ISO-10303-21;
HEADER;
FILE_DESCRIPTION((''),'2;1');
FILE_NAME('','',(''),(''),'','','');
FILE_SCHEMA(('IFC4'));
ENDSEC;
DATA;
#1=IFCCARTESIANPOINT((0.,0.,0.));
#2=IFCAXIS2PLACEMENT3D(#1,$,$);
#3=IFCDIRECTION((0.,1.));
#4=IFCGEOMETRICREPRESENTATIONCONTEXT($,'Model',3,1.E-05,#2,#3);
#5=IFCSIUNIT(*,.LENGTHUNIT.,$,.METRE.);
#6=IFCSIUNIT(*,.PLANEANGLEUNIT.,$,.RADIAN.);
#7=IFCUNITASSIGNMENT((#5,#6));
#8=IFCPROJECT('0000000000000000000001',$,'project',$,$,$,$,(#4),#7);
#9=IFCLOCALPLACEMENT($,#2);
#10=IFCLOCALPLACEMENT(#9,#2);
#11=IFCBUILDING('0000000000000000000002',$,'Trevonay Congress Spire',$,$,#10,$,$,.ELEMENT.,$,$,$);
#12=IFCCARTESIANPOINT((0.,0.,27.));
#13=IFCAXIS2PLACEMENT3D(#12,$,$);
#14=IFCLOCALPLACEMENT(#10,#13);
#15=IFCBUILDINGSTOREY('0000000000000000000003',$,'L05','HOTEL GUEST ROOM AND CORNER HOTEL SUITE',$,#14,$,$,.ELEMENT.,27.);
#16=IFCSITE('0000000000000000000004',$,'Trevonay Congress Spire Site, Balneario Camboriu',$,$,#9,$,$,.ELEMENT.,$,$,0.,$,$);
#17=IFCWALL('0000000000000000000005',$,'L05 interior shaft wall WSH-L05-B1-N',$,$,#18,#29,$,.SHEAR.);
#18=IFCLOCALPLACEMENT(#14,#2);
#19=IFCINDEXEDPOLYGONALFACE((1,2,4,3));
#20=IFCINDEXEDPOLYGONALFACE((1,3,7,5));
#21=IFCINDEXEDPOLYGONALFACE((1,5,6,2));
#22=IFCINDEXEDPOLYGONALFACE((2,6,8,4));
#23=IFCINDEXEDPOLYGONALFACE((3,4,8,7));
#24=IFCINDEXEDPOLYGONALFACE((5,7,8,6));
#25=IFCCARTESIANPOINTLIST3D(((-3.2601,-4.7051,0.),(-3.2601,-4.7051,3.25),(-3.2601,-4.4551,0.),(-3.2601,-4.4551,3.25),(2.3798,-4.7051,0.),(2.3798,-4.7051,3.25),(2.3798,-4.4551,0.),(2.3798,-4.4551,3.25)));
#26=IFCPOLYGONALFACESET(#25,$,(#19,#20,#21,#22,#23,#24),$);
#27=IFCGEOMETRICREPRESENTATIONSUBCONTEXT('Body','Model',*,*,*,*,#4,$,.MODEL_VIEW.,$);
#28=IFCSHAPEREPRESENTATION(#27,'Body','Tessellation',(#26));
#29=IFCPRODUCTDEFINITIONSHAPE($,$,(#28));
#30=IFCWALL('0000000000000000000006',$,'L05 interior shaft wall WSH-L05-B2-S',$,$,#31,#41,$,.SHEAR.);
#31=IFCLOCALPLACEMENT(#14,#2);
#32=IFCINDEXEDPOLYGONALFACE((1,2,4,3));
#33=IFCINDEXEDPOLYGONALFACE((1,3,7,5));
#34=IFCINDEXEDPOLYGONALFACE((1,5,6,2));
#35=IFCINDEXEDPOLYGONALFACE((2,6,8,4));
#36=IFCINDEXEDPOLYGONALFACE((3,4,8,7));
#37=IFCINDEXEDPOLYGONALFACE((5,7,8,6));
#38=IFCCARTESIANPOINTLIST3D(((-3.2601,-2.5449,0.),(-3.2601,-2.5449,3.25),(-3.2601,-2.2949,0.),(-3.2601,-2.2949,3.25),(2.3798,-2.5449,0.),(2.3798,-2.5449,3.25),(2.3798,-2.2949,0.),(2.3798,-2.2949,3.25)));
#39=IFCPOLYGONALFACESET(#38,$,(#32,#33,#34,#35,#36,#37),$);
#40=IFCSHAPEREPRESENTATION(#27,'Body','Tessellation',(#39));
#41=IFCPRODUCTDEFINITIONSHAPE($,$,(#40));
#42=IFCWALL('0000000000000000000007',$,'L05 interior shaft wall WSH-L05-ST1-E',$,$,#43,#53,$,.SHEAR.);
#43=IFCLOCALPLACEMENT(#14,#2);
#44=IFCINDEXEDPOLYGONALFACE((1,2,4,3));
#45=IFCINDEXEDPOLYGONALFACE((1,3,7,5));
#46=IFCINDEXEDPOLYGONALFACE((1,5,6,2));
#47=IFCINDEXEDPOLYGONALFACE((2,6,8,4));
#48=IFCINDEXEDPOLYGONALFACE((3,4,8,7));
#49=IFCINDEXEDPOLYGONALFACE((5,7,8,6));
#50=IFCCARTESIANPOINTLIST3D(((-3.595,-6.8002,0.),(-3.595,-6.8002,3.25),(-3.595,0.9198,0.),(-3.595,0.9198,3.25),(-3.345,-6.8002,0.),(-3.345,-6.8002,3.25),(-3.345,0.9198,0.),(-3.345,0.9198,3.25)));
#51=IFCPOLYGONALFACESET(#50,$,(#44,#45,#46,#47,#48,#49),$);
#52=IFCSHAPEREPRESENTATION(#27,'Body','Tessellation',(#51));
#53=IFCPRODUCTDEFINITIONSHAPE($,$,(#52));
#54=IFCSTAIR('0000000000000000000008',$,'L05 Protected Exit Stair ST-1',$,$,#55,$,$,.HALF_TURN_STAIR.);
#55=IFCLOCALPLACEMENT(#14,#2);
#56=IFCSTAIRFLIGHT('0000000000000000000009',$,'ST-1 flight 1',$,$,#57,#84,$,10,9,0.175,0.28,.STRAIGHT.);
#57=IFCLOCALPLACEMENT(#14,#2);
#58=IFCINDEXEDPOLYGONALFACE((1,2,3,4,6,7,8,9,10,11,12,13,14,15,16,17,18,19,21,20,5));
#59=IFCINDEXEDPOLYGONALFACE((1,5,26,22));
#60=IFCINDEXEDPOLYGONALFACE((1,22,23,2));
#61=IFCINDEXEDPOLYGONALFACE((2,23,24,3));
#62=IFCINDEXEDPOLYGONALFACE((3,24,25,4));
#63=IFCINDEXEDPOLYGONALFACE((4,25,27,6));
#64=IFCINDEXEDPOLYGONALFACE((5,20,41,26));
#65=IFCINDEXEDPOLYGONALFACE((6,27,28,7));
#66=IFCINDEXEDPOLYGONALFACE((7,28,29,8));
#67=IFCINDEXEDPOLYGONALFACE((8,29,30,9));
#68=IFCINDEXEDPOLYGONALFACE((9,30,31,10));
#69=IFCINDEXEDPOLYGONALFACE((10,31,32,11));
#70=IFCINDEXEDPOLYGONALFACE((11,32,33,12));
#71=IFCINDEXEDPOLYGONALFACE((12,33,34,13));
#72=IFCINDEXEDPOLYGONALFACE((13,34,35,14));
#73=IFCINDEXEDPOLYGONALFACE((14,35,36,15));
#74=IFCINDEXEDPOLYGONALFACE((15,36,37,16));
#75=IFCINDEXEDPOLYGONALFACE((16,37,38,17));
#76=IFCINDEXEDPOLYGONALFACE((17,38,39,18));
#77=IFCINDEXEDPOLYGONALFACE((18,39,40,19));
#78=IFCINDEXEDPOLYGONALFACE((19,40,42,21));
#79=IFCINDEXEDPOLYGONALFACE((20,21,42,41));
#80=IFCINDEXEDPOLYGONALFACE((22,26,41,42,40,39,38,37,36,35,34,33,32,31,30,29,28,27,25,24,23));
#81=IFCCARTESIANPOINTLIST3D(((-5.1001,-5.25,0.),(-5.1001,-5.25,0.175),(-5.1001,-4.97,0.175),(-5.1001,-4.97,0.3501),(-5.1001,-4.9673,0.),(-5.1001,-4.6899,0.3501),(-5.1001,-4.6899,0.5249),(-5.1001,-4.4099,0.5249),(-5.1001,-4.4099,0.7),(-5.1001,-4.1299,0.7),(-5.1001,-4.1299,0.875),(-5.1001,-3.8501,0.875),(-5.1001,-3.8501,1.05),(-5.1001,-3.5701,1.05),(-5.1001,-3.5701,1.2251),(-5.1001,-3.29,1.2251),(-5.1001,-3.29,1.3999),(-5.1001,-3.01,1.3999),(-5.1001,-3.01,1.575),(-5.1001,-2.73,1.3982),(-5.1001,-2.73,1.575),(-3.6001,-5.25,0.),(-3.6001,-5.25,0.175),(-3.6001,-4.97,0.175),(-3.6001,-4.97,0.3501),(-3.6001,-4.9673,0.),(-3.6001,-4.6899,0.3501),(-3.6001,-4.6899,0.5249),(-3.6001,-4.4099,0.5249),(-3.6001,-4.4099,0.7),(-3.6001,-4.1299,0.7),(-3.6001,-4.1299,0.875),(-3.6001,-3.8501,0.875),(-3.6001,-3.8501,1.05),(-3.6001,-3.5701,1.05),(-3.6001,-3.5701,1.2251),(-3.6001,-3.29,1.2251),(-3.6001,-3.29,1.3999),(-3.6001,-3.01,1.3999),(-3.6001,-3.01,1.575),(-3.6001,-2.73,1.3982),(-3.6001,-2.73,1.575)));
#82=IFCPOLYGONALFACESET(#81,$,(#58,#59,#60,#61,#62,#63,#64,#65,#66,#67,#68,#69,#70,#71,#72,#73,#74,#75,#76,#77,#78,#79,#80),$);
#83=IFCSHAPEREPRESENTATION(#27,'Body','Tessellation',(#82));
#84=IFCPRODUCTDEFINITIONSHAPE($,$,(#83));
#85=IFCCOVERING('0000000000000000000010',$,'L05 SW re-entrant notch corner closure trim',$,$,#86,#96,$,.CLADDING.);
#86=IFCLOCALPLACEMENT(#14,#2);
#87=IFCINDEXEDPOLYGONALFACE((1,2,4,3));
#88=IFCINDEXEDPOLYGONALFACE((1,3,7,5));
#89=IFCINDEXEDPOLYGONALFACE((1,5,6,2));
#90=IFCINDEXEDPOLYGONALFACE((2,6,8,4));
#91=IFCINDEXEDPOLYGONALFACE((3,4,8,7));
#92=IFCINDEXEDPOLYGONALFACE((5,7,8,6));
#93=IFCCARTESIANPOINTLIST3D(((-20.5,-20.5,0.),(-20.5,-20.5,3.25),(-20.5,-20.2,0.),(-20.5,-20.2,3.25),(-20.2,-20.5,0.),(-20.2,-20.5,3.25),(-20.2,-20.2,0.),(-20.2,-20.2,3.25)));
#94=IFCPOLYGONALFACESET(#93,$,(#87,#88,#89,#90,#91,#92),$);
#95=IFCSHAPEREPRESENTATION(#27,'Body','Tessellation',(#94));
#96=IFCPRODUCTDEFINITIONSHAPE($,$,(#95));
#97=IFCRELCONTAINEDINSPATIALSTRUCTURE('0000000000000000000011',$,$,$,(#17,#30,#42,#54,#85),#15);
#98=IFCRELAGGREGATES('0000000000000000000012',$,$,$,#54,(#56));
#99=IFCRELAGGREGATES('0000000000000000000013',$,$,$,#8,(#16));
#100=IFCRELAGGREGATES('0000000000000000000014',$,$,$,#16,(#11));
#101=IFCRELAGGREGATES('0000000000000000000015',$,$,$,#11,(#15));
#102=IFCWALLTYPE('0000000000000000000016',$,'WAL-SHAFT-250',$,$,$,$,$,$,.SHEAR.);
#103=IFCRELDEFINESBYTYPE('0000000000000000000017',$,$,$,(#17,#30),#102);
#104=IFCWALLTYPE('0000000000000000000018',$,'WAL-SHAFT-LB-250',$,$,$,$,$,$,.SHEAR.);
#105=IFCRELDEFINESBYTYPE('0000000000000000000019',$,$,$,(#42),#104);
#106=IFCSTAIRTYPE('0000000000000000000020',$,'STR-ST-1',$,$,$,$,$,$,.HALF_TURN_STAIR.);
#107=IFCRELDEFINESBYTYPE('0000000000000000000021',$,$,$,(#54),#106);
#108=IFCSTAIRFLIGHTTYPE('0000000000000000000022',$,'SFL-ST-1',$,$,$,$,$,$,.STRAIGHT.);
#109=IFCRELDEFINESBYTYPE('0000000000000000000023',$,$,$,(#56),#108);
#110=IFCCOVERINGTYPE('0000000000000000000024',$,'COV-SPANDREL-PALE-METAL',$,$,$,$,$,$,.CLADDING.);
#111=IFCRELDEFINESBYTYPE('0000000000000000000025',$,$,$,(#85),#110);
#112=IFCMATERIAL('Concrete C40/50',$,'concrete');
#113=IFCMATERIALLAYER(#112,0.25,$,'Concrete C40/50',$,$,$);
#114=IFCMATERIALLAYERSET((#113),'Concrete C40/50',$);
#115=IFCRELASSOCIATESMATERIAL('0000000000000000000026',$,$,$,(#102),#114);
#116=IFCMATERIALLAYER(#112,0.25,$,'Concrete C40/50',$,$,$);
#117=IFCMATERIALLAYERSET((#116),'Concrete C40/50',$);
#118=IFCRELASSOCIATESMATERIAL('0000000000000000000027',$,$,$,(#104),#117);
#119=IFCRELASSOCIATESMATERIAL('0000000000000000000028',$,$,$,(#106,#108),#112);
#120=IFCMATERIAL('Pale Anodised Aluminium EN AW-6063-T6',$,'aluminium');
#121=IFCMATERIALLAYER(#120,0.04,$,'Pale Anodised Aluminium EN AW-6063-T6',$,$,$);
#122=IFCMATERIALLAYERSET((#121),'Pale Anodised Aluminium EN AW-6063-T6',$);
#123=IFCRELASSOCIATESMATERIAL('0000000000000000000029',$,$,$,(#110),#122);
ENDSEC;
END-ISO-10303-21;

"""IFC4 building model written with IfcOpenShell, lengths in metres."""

from ifc_helpers import new_model, si_unit, direction, frame, frame_2d, origin, place, context, subcontext, project, spatial, polyline, rectangle, outline, extrude, material, layer, layer_set, type_object, element, aggregate, save


model = new_model("IFC4")

# Units and contexts
model_context = context("Model", 3, precision=1e-05, world=origin(), true_north=direction((0.0, 1.0)))
body_context = subcontext(model_context, "Body", "Model", "MODEL_VIEW")
ifc_project = project(units=[si_unit("LENGTHUNIT", "METRE"), si_unit("PLANEANGLEUNIT", "RADIAN")], contexts=[model_context])

# Site, building, storey
site_placement = place(None, origin())
site = spatial("IfcSite", under=ifc_project, at=site_placement, Name="Trevonay Congress Spire Site, Balneario Camboriu", CompositionType="ELEMENT", RefElevation=0.0)
building_placement = place(site_placement, origin())
building = spatial("IfcBuilding", under=site, at=building_placement, Name="Trevonay Congress Spire", CompositionType="ELEMENT")
storey_placement = place(building_placement, frame((0.0, 0.0, 27.0)))
storey = spatial("IfcBuildingStorey", under=building, at=storey_placement, Name="L05", Description="HOTEL GUEST ROOM AND CORNER HOTEL SUITE", CompositionType="ELEMENT", Elevation=27.0)

# Shared definitions
ifc_material_1 = material(Name="Concrete C40/50", Category="concrete")

# Walls
ifc_layer_1 = layer(ifc_material_1, 0.25, Name="Concrete C40/50")
ifc_layer_set_1 = layer_set([ifc_layer_1], Name="Concrete C40/50")
wall_type_1 = type_object("IfcWallType", Name="WAL-SHAFT-250", PredefinedType="SHEAR", material=ifc_layer_set_1)
for number, where, z_axis, x_axis, name in (
    (1, (-3.26, -4.5801, 0.0), (0.0, 0.0, 1.0), (1.0, 0.0, 0.0), "L05 interior shaft wall WSH-L05-B1-N"),
    (2, (-3.26, -2.4199, 0.0), (0.0, 0.0, 1.0), (1.0, 0.0, 0.0), "L05 interior shaft wall WSH-L05-B2-S"),
):
    element("IfcWall", number, at=place(storey_placement, frame(where, z_axis=z_axis, x_axis=x_axis)), inside=storey, type_object=wall_type_1, Name=name, PredefinedType="SHEAR", context=body_context, shape_type="SweptSolid", body=[
        extrude(rectangle(XDim=5.6399, YDim=0.25, at=frame_2d((2.8198, 0.0))), origin(), (0.0, 0.0, 1.0), 3.25),
    ])
ifc_layer_2 = layer(ifc_material_1, 0.25, Name="Concrete C40/50")
ifc_layer_set_2 = layer_set([ifc_layer_2], Name="Concrete C40/50")
wall_type_2 = type_object("IfcWallType", Name="WAL-SHAFT-LB-250", PredefinedType="SHEAR", material=ifc_layer_set_2)
wall_1_placement = place(storey_placement, frame((-3.47, -6.8, 0.0), z_axis=(0.0, 0.0, 1.0), x_axis=(0.0, 1.0, 0.0)))
element("IfcWall", 3, at=wall_1_placement, inside=storey, type_object=wall_type_2, Name="L05 interior shaft wall WSH-L05-ST1-E", PredefinedType="SHEAR", context=body_context, shape_type="SweptSolid", body=[
    extrude(rectangle(XDim=7.72, YDim=0.25, at=frame_2d((3.8599, 0.0))), origin(), (0.0, 0.0, 1.0), 3.25),
])

# Stair, stair flight
stair_type = type_object("IfcStairType", Name="STR-ST-1", PredefinedType="HALF_TURN_STAIR", material=ifc_material_1)
stair_placement = place(storey_placement, origin())
stair = element("IfcStair", 4, at=stair_placement, inside=storey, type_object=stair_type, Name="L05 Protected Exit Stair ST-1", PredefinedType="HALF_TURN_STAIR")
stair_flight_type = type_object("IfcStairFlightType", Name="SFL-ST-1", PredefinedType="STRAIGHT", material=ifc_material_1)
stair_flight_placement = place(storey_placement, frame((-4.3501, -5.25, 0.0), z_axis=(0.0, 0.0, 1.0), x_axis=(0.0, 1.0, 0.0)))
stair_flight = element("IfcStairFlight", 5, at=stair_flight_placement, type_object=stair_flight_type, Name="ST-1 flight 1", NumberOfRisers=10, NumberOfTreads=9, PredefinedType="STRAIGHT", RiserHeight=0.175, TreadLength=0.28, context=body_context, shape_type="SweptSolid", body=[
    extrude(outline(polyline([(0.0, 0.0), (0.0, 0.175), (0.28, 0.175), (0.28, 0.3501), (0.5601, 0.3501), (0.5601, 0.5249), (0.8401, 0.5249), (0.8401, 0.7), (1.1201, 0.7), (1.1201, 0.875), (1.3999, 0.875), (1.3999, 1.05), (1.6799, 1.05), (1.6799, 1.2251), (1.96, 1.2251), (1.96, 1.3999), (2.24, 1.3999), (2.24, 1.575), (2.52, 1.575), (2.52, 1.75), (2.52, 1.3982), (0.2827, 0.0), (0.0, 0.0)])), frame((0.0, 0.75, 0.0), z_axis=(0.0, -1.0, 0.0), x_axis=(1.0, 0.0, 0.0)), (0.0, 0.0, 1.0), 1.5),
])
aggregate(stair, [stair_flight])

# Covering
ifc_material_2 = material(Name="Pale Anodised Aluminium EN AW-6063-T6", Category="aluminium")
ifc_layer_3 = layer(ifc_material_2, 0.04, Name="Pale Anodised Aluminium EN AW-6063-T6")
ifc_layer_set_3 = layer_set([ifc_layer_3], Name="Pale Anodised Aluminium EN AW-6063-T6")
covering_type = type_object("IfcCoveringType", Name="COV-SPANDREL-PALE-METAL", PredefinedType="CLADDING", material=ifc_layer_set_3)
covering_placement = place(storey_placement, origin())
element("IfcCovering", 6, at=covering_placement, inside=storey, type_object=covering_type, Name="L05 SW re-entrant notch corner closure trim", PredefinedType="CLADDING", context=body_context, shape_type="SweptSolid", body=[
    extrude(outline(polyline([(-20.5, -20.5), (-20.2, -20.5), (-20.2, -20.2), (-20.5, -20.2), (-20.5, -20.5)])), origin(), (0.0, 0.0, 1.0), 3.25),
])

save(model, "model.ifc")
